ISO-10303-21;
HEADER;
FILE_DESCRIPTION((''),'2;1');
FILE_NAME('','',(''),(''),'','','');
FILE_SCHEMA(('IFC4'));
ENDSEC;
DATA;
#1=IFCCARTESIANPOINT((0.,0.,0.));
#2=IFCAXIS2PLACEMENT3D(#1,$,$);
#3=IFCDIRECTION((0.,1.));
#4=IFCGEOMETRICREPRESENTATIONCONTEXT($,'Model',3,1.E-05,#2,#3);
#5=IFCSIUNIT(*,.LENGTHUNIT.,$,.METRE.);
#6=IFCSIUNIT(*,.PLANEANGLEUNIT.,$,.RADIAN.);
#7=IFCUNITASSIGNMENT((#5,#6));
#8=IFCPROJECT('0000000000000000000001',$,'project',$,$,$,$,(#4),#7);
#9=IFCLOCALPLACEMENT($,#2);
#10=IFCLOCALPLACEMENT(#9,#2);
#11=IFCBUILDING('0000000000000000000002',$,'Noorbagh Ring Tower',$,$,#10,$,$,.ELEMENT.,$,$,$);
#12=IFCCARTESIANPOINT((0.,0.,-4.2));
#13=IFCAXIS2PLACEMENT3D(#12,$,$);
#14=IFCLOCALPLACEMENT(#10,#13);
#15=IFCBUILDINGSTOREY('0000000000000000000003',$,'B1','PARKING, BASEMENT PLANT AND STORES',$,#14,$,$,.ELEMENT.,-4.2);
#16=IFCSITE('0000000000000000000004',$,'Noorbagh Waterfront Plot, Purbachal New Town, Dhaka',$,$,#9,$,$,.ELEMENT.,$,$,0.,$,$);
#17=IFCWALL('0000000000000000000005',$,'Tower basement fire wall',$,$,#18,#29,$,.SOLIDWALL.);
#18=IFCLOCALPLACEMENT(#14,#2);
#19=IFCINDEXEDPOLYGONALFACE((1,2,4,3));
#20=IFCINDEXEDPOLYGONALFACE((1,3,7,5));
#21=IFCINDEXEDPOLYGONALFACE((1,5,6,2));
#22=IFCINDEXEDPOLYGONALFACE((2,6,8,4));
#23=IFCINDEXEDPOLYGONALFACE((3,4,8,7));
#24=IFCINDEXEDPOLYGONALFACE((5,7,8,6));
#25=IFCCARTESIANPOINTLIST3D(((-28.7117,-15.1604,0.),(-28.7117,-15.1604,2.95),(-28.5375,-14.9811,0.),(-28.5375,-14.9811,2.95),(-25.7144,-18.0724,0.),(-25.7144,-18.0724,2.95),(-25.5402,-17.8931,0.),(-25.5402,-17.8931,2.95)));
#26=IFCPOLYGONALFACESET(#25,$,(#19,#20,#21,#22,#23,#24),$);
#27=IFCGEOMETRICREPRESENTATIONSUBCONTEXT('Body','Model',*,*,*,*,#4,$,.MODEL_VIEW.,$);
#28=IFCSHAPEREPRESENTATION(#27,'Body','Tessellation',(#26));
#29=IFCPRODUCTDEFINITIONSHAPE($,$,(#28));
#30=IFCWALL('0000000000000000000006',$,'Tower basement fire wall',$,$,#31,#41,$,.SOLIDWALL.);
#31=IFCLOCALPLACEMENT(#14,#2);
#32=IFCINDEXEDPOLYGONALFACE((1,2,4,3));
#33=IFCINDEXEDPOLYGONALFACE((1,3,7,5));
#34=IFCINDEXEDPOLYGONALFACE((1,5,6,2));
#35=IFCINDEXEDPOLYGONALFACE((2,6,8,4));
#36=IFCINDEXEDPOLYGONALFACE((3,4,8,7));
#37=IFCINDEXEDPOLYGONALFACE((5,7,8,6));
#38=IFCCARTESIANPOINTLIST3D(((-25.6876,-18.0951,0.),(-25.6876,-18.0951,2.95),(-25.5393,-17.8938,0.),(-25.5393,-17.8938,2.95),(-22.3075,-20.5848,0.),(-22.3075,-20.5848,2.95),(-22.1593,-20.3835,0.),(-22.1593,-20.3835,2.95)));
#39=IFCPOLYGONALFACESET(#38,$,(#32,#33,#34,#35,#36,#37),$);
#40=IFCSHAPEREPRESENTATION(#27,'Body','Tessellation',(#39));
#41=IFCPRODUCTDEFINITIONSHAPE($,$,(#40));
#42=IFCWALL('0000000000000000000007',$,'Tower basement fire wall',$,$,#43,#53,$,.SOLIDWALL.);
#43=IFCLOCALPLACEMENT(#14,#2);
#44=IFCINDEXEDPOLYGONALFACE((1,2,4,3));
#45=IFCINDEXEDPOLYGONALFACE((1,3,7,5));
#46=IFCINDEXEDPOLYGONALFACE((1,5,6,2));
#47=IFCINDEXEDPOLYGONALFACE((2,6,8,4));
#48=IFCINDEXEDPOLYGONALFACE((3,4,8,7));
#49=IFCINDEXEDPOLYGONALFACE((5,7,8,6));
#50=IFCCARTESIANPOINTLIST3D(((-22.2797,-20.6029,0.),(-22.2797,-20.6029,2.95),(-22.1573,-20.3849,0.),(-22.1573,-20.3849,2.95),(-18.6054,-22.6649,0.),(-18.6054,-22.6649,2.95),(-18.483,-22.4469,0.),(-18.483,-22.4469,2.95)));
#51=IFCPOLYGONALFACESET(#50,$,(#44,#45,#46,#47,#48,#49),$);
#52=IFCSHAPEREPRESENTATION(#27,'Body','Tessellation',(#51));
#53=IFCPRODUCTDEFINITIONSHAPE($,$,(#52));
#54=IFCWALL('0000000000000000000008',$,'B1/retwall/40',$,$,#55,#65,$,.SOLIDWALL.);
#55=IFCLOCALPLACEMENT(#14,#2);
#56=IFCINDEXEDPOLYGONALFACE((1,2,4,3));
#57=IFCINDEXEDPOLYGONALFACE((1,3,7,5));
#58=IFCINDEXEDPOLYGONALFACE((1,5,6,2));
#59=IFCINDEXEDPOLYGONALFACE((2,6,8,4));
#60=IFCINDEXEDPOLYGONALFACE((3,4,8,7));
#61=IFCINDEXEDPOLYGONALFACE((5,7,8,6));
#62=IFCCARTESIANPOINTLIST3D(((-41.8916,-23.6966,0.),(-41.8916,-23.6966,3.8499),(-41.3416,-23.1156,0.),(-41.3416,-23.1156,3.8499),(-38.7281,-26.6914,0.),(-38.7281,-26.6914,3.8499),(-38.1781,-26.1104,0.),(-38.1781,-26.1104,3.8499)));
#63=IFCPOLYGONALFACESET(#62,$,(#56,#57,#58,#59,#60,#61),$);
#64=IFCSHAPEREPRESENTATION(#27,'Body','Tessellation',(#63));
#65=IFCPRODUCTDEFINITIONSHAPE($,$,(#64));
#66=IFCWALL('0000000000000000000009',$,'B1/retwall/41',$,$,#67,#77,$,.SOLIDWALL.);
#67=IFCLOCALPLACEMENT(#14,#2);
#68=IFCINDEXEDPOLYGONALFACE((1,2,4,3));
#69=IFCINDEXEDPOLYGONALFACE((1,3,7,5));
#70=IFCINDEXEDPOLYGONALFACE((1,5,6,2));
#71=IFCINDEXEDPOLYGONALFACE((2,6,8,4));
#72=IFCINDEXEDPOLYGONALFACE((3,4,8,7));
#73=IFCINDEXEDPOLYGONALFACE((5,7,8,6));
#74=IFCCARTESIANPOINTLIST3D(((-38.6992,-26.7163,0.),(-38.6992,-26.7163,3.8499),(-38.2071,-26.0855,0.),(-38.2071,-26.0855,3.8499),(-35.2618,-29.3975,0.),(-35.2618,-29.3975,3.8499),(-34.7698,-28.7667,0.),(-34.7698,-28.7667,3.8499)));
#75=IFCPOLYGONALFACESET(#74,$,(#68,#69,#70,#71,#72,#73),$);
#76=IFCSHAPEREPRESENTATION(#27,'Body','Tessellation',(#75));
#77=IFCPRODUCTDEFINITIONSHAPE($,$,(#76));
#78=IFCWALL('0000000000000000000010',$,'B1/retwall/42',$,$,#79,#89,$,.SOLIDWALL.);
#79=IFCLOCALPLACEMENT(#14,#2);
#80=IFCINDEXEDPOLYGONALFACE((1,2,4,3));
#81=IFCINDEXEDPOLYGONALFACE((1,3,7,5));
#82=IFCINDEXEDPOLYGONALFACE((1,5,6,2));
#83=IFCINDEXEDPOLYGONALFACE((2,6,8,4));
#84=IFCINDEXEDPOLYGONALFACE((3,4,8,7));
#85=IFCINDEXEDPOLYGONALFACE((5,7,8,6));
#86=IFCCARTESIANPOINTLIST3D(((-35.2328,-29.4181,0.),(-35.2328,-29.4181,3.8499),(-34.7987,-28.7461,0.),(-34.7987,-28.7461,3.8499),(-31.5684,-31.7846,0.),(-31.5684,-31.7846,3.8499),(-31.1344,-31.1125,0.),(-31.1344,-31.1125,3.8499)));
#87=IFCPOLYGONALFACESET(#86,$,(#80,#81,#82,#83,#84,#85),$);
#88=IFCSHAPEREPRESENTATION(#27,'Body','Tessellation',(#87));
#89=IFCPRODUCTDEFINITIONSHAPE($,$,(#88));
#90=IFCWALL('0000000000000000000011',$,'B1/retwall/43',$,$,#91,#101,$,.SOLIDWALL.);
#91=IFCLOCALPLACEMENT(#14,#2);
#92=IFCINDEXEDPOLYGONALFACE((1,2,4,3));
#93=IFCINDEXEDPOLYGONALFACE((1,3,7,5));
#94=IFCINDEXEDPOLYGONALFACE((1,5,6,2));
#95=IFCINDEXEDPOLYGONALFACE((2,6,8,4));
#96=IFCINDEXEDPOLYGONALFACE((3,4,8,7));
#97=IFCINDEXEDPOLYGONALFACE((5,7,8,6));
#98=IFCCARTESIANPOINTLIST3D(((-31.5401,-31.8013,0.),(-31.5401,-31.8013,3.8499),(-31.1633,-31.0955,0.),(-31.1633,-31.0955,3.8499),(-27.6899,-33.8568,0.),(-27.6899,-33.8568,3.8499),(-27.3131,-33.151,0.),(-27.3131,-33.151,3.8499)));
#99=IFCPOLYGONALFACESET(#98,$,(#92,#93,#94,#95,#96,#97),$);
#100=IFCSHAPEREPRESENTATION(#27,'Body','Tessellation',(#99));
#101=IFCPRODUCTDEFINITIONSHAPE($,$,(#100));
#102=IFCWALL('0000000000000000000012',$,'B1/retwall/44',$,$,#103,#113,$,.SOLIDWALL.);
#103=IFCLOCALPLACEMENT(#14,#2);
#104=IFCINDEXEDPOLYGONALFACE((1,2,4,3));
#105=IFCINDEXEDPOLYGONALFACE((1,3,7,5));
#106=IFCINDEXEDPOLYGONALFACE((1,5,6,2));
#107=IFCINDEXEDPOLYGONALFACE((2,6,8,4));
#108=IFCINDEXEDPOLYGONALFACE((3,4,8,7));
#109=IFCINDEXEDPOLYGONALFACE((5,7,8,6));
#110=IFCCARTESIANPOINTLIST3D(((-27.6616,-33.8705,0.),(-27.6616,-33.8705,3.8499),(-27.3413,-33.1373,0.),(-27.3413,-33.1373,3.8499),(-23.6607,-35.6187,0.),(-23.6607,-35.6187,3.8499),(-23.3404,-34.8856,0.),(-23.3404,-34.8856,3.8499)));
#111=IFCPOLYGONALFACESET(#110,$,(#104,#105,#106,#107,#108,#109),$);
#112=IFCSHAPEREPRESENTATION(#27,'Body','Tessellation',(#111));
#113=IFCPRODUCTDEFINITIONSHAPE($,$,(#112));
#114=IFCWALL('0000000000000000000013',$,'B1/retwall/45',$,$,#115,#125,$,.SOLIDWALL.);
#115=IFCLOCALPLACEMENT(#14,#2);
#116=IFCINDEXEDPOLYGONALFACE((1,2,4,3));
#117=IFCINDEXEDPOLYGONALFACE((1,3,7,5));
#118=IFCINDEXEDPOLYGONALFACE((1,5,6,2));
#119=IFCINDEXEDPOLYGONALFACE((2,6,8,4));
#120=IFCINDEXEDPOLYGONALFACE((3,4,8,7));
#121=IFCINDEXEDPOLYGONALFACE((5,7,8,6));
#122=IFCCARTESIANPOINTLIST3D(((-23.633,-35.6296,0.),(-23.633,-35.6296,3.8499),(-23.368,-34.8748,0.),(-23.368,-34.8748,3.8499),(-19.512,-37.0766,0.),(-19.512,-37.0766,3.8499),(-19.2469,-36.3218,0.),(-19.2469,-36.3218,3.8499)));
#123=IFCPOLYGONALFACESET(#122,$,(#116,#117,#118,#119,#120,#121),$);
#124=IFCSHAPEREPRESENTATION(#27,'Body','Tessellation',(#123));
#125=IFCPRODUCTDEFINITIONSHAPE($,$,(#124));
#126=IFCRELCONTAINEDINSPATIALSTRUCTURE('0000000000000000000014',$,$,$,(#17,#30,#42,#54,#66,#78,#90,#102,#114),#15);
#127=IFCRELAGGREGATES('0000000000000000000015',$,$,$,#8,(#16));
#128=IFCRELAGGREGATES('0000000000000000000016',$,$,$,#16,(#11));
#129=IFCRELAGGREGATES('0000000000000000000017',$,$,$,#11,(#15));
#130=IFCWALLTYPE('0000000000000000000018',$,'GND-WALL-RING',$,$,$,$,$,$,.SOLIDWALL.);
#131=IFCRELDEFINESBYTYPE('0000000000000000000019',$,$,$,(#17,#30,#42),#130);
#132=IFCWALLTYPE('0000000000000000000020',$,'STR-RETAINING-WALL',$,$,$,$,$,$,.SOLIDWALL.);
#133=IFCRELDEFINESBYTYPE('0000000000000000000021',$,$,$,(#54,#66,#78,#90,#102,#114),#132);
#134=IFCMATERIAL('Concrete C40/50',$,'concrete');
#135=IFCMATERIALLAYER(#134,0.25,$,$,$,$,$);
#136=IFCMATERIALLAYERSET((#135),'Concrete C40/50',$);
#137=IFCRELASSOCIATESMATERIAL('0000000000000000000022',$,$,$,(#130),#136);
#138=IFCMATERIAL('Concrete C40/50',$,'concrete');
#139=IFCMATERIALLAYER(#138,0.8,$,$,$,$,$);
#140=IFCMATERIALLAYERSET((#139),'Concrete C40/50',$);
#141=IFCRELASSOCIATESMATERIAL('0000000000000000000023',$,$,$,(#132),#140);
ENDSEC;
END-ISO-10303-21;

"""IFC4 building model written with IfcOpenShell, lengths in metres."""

from ifc_helpers import new_model, si_unit, direction, frame, frame_2d, origin, place, context, subcontext, project, spatial, rectangle, extrude, material, layer, layer_set, type_object, element, save


model = new_model("IFC4")

# Units and contexts
model_context = context("Model", 3, precision=1e-05, world=origin(), true_north=direction((0.0, 1.0)))
body_context = subcontext(model_context, "Body", "Model", "MODEL_VIEW")
ifc_project = project(units=[si_unit("LENGTHUNIT", "METRE"), si_unit("PLANEANGLEUNIT", "RADIAN")], contexts=[model_context])

# Site, building, storey
site_placement = place(None, origin())
site = spatial("IfcSite", under=ifc_project, at=site_placement, Name="Noorbagh Waterfront Plot, Purbachal New Town, Dhaka", CompositionType="ELEMENT", RefElevation=0.0)
building_placement = place(site_placement, origin())
building = spatial("IfcBuilding", under=site, at=building_placement, Name="Noorbagh Ring Tower", CompositionType="ELEMENT")
storey_placement = place(building_placement, frame((0.0, 0.0, -4.2)))
storey = spatial("IfcBuildingStorey", under=building, at=storey_placement, Name="B1", Description="PARKING, BASEMENT PLANT AND STORES", CompositionType="ELEMENT", Elevation=-4.2)

# Walls
ifc_material_1 = material(Name="Concrete C40/50", Category="concrete")
ifc_layer_1 = layer(ifc_material_1, 0.25)
ifc_layer_set_1 = layer_set([ifc_layer_1], Name="Concrete C40/50")
wall_type_1 = type_object("IfcWallType", Name="GND-WALL-RING", PredefinedType="SOLIDWALL", material=ifc_layer_set_1)
wall_1_placement = place(storey_placement, frame((-28.6245, -15.0708, 0.0), z_axis=(0.0, 0.0, 1.0), x_axis=(0.717228, -0.696839, 0.0)))
element("IfcWall", 1, at=wall_1_placement, inside=storey, type_object=wall_type_1, Name="Tower basement fire wall", PredefinedType="SOLIDWALL", context=body_context, shape_type="SweptSolid", body=[
    extrude(rectangle(XDim=4.179, YDim=0.25, at=frame_2d((2.0894, 0.0))), origin(), (0.0, 0.0, 1.0), 2.95),
])
wall_2_placement = place(storey_placement, frame((-25.6135, -17.9944, 0.0), z_axis=(0.0, 0.0, 1.0), x_axis=(0.805155, -0.593064, 0.0)))
element("IfcWall", 2, at=wall_2_placement, inside=storey, type_object=wall_type_1, Name="Tower basement fire wall", PredefinedType="SOLIDWALL", context=body_context, shape_type="SweptSolid", body=[
    extrude(rectangle(XDim=4.198, YDim=0.25, at=frame_2d((2.0991, 0.0))), origin(), (0.0, 0.0, 1.0), 2.95),
])
wall_3_placement = place(storey_placement, frame((-22.2185, -20.4939, 0.0), z_axis=(0.0, 0.0, 1.0), x_axis=(0.872061, -0.489397, 0.0)))
element("IfcWall", 3, at=wall_3_placement, inside=storey, type_object=wall_type_1, Name="Tower basement fire wall", PredefinedType="SOLIDWALL", context=body_context, shape_type="SweptSolid", body=[
    extrude(rectangle(XDim=4.2134, YDim=0.25, at=frame_2d((2.1067, 0.0))), origin(), (0.0, 0.0, 1.0), 2.95),
])
ifc_material_2 = material(Name="Concrete C40/50", Category="concrete")
ifc_layer_2 = layer(ifc_material_2, 0.8)
ifc_layer_set_2 = layer_set([ifc_layer_2], Name="Concrete C40/50")
wall_type_2 = type_object("IfcWallType", Name="STR-RETAINING-WALL", PredefinedType="SOLIDWALL", material=ifc_layer_set_2)
wall_4_placement = place(storey_placement, frame((-41.6167, -23.406, 0.0), z_axis=(0.0, 0.0, 1.0), x_axis=(0.726204, -0.687479, 0.0)))
element("IfcWall", 4, at=wall_4_placement, inside=storey, type_object=wall_type_2, Name="B1/retwall/40", PredefinedType="SOLIDWALL", context=body_context, shape_type="SweptSolid", body=[
    extrude(rectangle(XDim=4.3562, YDim=0.8, at=frame_2d((2.1782, 0.0))), origin(), (0.0, 0.0, 1.0), 3.8499),
])
wall_5_placement = place(storey_placement, frame((-38.4531, -26.4009, 0.0), z_axis=(0.0, 0.0, 1.0), x_axis=(0.788492, -0.615045, 0.0)))
element("IfcWall", 5, at=wall_5_placement, inside=storey, type_object=wall_type_2, Name="B1/retwall/41", PredefinedType="SOLIDWALL", context=body_context, shape_type="SweptSolid", body=[
    extrude(rectangle(XDim=4.3594, YDim=0.8, at=frame_2d((2.1797, 0.0))), origin(), (0.0, 0.0, 1.0), 3.8499),
])
wall_6_placement = place(storey_placement, frame((-35.0159, -29.082, 0.0), z_axis=(0.0, 0.0, 1.0), x_axis=(0.840047, -0.542513, 0.0)))
element("IfcWall", 6, at=wall_6_placement, inside=storey, type_object=wall_type_2, Name="B1/retwall/42", PredefinedType="SOLIDWALL", context=body_context, shape_type="SweptSolid", body=[
    extrude(rectangle(XDim=4.3621, YDim=0.8, at=frame_2d((2.1812, 0.0))), origin(), (0.0, 0.0, 1.0), 3.8499),
])
wall_7_placement = place(storey_placement, frame((-31.3516, -31.4485, 0.0), z_axis=(0.0, 0.0, 1.0), x_axis=(0.882159, -0.470951, 0.0)))
element("IfcWall", 7, at=wall_7_placement, inside=storey, type_object=wall_type_2, Name="B1/retwall/43", PredefinedType="SOLIDWALL", context=body_context, shape_type="SweptSolid", body=[
    extrude(rectangle(XDim=4.3645, YDim=0.8, at=frame_2d((2.1821, 0.0))), origin(), (0.0, 0.0, 1.0), 3.8499),
])
wall_8_placement = place(storey_placement, frame((-27.5015, -33.5039, 0.0), z_axis=(0.0, 0.0, 1.0), x_axis=(0.916337, -0.400408, 0.0)))
element("IfcWall", 8, at=wall_8_placement, inside=storey, type_object=wall_type_2, Name="B1/retwall/44", PredefinedType="SOLIDWALL", context=body_context, shape_type="SweptSolid", body=[
    extrude(rectangle(XDim=4.3662, YDim=0.8, at=frame_2d((2.1831, 0.0))), origin(), (0.0, 0.0, 1.0), 3.8499),
])
wall_9_placement = place(storey_placement, frame((-23.5005, -35.2522, 0.0), z_axis=(0.0, 0.0, 1.0), x_axis=(0.943527, -0.331296, 0.0)))
element("IfcWall", 9, at=wall_9_placement, inside=storey, type_object=wall_type_2, Name="B1/retwall/45", PredefinedType="SOLIDWALL", context=body_context, shape_type="SweptSolid", body=[
    extrude(rectangle(XDim=4.3677, YDim=0.8, at=frame_2d((2.1838, 0.0))), origin(), (0.0, 0.0, 1.0), 3.8499),
])

save(model, "model.ifc")
